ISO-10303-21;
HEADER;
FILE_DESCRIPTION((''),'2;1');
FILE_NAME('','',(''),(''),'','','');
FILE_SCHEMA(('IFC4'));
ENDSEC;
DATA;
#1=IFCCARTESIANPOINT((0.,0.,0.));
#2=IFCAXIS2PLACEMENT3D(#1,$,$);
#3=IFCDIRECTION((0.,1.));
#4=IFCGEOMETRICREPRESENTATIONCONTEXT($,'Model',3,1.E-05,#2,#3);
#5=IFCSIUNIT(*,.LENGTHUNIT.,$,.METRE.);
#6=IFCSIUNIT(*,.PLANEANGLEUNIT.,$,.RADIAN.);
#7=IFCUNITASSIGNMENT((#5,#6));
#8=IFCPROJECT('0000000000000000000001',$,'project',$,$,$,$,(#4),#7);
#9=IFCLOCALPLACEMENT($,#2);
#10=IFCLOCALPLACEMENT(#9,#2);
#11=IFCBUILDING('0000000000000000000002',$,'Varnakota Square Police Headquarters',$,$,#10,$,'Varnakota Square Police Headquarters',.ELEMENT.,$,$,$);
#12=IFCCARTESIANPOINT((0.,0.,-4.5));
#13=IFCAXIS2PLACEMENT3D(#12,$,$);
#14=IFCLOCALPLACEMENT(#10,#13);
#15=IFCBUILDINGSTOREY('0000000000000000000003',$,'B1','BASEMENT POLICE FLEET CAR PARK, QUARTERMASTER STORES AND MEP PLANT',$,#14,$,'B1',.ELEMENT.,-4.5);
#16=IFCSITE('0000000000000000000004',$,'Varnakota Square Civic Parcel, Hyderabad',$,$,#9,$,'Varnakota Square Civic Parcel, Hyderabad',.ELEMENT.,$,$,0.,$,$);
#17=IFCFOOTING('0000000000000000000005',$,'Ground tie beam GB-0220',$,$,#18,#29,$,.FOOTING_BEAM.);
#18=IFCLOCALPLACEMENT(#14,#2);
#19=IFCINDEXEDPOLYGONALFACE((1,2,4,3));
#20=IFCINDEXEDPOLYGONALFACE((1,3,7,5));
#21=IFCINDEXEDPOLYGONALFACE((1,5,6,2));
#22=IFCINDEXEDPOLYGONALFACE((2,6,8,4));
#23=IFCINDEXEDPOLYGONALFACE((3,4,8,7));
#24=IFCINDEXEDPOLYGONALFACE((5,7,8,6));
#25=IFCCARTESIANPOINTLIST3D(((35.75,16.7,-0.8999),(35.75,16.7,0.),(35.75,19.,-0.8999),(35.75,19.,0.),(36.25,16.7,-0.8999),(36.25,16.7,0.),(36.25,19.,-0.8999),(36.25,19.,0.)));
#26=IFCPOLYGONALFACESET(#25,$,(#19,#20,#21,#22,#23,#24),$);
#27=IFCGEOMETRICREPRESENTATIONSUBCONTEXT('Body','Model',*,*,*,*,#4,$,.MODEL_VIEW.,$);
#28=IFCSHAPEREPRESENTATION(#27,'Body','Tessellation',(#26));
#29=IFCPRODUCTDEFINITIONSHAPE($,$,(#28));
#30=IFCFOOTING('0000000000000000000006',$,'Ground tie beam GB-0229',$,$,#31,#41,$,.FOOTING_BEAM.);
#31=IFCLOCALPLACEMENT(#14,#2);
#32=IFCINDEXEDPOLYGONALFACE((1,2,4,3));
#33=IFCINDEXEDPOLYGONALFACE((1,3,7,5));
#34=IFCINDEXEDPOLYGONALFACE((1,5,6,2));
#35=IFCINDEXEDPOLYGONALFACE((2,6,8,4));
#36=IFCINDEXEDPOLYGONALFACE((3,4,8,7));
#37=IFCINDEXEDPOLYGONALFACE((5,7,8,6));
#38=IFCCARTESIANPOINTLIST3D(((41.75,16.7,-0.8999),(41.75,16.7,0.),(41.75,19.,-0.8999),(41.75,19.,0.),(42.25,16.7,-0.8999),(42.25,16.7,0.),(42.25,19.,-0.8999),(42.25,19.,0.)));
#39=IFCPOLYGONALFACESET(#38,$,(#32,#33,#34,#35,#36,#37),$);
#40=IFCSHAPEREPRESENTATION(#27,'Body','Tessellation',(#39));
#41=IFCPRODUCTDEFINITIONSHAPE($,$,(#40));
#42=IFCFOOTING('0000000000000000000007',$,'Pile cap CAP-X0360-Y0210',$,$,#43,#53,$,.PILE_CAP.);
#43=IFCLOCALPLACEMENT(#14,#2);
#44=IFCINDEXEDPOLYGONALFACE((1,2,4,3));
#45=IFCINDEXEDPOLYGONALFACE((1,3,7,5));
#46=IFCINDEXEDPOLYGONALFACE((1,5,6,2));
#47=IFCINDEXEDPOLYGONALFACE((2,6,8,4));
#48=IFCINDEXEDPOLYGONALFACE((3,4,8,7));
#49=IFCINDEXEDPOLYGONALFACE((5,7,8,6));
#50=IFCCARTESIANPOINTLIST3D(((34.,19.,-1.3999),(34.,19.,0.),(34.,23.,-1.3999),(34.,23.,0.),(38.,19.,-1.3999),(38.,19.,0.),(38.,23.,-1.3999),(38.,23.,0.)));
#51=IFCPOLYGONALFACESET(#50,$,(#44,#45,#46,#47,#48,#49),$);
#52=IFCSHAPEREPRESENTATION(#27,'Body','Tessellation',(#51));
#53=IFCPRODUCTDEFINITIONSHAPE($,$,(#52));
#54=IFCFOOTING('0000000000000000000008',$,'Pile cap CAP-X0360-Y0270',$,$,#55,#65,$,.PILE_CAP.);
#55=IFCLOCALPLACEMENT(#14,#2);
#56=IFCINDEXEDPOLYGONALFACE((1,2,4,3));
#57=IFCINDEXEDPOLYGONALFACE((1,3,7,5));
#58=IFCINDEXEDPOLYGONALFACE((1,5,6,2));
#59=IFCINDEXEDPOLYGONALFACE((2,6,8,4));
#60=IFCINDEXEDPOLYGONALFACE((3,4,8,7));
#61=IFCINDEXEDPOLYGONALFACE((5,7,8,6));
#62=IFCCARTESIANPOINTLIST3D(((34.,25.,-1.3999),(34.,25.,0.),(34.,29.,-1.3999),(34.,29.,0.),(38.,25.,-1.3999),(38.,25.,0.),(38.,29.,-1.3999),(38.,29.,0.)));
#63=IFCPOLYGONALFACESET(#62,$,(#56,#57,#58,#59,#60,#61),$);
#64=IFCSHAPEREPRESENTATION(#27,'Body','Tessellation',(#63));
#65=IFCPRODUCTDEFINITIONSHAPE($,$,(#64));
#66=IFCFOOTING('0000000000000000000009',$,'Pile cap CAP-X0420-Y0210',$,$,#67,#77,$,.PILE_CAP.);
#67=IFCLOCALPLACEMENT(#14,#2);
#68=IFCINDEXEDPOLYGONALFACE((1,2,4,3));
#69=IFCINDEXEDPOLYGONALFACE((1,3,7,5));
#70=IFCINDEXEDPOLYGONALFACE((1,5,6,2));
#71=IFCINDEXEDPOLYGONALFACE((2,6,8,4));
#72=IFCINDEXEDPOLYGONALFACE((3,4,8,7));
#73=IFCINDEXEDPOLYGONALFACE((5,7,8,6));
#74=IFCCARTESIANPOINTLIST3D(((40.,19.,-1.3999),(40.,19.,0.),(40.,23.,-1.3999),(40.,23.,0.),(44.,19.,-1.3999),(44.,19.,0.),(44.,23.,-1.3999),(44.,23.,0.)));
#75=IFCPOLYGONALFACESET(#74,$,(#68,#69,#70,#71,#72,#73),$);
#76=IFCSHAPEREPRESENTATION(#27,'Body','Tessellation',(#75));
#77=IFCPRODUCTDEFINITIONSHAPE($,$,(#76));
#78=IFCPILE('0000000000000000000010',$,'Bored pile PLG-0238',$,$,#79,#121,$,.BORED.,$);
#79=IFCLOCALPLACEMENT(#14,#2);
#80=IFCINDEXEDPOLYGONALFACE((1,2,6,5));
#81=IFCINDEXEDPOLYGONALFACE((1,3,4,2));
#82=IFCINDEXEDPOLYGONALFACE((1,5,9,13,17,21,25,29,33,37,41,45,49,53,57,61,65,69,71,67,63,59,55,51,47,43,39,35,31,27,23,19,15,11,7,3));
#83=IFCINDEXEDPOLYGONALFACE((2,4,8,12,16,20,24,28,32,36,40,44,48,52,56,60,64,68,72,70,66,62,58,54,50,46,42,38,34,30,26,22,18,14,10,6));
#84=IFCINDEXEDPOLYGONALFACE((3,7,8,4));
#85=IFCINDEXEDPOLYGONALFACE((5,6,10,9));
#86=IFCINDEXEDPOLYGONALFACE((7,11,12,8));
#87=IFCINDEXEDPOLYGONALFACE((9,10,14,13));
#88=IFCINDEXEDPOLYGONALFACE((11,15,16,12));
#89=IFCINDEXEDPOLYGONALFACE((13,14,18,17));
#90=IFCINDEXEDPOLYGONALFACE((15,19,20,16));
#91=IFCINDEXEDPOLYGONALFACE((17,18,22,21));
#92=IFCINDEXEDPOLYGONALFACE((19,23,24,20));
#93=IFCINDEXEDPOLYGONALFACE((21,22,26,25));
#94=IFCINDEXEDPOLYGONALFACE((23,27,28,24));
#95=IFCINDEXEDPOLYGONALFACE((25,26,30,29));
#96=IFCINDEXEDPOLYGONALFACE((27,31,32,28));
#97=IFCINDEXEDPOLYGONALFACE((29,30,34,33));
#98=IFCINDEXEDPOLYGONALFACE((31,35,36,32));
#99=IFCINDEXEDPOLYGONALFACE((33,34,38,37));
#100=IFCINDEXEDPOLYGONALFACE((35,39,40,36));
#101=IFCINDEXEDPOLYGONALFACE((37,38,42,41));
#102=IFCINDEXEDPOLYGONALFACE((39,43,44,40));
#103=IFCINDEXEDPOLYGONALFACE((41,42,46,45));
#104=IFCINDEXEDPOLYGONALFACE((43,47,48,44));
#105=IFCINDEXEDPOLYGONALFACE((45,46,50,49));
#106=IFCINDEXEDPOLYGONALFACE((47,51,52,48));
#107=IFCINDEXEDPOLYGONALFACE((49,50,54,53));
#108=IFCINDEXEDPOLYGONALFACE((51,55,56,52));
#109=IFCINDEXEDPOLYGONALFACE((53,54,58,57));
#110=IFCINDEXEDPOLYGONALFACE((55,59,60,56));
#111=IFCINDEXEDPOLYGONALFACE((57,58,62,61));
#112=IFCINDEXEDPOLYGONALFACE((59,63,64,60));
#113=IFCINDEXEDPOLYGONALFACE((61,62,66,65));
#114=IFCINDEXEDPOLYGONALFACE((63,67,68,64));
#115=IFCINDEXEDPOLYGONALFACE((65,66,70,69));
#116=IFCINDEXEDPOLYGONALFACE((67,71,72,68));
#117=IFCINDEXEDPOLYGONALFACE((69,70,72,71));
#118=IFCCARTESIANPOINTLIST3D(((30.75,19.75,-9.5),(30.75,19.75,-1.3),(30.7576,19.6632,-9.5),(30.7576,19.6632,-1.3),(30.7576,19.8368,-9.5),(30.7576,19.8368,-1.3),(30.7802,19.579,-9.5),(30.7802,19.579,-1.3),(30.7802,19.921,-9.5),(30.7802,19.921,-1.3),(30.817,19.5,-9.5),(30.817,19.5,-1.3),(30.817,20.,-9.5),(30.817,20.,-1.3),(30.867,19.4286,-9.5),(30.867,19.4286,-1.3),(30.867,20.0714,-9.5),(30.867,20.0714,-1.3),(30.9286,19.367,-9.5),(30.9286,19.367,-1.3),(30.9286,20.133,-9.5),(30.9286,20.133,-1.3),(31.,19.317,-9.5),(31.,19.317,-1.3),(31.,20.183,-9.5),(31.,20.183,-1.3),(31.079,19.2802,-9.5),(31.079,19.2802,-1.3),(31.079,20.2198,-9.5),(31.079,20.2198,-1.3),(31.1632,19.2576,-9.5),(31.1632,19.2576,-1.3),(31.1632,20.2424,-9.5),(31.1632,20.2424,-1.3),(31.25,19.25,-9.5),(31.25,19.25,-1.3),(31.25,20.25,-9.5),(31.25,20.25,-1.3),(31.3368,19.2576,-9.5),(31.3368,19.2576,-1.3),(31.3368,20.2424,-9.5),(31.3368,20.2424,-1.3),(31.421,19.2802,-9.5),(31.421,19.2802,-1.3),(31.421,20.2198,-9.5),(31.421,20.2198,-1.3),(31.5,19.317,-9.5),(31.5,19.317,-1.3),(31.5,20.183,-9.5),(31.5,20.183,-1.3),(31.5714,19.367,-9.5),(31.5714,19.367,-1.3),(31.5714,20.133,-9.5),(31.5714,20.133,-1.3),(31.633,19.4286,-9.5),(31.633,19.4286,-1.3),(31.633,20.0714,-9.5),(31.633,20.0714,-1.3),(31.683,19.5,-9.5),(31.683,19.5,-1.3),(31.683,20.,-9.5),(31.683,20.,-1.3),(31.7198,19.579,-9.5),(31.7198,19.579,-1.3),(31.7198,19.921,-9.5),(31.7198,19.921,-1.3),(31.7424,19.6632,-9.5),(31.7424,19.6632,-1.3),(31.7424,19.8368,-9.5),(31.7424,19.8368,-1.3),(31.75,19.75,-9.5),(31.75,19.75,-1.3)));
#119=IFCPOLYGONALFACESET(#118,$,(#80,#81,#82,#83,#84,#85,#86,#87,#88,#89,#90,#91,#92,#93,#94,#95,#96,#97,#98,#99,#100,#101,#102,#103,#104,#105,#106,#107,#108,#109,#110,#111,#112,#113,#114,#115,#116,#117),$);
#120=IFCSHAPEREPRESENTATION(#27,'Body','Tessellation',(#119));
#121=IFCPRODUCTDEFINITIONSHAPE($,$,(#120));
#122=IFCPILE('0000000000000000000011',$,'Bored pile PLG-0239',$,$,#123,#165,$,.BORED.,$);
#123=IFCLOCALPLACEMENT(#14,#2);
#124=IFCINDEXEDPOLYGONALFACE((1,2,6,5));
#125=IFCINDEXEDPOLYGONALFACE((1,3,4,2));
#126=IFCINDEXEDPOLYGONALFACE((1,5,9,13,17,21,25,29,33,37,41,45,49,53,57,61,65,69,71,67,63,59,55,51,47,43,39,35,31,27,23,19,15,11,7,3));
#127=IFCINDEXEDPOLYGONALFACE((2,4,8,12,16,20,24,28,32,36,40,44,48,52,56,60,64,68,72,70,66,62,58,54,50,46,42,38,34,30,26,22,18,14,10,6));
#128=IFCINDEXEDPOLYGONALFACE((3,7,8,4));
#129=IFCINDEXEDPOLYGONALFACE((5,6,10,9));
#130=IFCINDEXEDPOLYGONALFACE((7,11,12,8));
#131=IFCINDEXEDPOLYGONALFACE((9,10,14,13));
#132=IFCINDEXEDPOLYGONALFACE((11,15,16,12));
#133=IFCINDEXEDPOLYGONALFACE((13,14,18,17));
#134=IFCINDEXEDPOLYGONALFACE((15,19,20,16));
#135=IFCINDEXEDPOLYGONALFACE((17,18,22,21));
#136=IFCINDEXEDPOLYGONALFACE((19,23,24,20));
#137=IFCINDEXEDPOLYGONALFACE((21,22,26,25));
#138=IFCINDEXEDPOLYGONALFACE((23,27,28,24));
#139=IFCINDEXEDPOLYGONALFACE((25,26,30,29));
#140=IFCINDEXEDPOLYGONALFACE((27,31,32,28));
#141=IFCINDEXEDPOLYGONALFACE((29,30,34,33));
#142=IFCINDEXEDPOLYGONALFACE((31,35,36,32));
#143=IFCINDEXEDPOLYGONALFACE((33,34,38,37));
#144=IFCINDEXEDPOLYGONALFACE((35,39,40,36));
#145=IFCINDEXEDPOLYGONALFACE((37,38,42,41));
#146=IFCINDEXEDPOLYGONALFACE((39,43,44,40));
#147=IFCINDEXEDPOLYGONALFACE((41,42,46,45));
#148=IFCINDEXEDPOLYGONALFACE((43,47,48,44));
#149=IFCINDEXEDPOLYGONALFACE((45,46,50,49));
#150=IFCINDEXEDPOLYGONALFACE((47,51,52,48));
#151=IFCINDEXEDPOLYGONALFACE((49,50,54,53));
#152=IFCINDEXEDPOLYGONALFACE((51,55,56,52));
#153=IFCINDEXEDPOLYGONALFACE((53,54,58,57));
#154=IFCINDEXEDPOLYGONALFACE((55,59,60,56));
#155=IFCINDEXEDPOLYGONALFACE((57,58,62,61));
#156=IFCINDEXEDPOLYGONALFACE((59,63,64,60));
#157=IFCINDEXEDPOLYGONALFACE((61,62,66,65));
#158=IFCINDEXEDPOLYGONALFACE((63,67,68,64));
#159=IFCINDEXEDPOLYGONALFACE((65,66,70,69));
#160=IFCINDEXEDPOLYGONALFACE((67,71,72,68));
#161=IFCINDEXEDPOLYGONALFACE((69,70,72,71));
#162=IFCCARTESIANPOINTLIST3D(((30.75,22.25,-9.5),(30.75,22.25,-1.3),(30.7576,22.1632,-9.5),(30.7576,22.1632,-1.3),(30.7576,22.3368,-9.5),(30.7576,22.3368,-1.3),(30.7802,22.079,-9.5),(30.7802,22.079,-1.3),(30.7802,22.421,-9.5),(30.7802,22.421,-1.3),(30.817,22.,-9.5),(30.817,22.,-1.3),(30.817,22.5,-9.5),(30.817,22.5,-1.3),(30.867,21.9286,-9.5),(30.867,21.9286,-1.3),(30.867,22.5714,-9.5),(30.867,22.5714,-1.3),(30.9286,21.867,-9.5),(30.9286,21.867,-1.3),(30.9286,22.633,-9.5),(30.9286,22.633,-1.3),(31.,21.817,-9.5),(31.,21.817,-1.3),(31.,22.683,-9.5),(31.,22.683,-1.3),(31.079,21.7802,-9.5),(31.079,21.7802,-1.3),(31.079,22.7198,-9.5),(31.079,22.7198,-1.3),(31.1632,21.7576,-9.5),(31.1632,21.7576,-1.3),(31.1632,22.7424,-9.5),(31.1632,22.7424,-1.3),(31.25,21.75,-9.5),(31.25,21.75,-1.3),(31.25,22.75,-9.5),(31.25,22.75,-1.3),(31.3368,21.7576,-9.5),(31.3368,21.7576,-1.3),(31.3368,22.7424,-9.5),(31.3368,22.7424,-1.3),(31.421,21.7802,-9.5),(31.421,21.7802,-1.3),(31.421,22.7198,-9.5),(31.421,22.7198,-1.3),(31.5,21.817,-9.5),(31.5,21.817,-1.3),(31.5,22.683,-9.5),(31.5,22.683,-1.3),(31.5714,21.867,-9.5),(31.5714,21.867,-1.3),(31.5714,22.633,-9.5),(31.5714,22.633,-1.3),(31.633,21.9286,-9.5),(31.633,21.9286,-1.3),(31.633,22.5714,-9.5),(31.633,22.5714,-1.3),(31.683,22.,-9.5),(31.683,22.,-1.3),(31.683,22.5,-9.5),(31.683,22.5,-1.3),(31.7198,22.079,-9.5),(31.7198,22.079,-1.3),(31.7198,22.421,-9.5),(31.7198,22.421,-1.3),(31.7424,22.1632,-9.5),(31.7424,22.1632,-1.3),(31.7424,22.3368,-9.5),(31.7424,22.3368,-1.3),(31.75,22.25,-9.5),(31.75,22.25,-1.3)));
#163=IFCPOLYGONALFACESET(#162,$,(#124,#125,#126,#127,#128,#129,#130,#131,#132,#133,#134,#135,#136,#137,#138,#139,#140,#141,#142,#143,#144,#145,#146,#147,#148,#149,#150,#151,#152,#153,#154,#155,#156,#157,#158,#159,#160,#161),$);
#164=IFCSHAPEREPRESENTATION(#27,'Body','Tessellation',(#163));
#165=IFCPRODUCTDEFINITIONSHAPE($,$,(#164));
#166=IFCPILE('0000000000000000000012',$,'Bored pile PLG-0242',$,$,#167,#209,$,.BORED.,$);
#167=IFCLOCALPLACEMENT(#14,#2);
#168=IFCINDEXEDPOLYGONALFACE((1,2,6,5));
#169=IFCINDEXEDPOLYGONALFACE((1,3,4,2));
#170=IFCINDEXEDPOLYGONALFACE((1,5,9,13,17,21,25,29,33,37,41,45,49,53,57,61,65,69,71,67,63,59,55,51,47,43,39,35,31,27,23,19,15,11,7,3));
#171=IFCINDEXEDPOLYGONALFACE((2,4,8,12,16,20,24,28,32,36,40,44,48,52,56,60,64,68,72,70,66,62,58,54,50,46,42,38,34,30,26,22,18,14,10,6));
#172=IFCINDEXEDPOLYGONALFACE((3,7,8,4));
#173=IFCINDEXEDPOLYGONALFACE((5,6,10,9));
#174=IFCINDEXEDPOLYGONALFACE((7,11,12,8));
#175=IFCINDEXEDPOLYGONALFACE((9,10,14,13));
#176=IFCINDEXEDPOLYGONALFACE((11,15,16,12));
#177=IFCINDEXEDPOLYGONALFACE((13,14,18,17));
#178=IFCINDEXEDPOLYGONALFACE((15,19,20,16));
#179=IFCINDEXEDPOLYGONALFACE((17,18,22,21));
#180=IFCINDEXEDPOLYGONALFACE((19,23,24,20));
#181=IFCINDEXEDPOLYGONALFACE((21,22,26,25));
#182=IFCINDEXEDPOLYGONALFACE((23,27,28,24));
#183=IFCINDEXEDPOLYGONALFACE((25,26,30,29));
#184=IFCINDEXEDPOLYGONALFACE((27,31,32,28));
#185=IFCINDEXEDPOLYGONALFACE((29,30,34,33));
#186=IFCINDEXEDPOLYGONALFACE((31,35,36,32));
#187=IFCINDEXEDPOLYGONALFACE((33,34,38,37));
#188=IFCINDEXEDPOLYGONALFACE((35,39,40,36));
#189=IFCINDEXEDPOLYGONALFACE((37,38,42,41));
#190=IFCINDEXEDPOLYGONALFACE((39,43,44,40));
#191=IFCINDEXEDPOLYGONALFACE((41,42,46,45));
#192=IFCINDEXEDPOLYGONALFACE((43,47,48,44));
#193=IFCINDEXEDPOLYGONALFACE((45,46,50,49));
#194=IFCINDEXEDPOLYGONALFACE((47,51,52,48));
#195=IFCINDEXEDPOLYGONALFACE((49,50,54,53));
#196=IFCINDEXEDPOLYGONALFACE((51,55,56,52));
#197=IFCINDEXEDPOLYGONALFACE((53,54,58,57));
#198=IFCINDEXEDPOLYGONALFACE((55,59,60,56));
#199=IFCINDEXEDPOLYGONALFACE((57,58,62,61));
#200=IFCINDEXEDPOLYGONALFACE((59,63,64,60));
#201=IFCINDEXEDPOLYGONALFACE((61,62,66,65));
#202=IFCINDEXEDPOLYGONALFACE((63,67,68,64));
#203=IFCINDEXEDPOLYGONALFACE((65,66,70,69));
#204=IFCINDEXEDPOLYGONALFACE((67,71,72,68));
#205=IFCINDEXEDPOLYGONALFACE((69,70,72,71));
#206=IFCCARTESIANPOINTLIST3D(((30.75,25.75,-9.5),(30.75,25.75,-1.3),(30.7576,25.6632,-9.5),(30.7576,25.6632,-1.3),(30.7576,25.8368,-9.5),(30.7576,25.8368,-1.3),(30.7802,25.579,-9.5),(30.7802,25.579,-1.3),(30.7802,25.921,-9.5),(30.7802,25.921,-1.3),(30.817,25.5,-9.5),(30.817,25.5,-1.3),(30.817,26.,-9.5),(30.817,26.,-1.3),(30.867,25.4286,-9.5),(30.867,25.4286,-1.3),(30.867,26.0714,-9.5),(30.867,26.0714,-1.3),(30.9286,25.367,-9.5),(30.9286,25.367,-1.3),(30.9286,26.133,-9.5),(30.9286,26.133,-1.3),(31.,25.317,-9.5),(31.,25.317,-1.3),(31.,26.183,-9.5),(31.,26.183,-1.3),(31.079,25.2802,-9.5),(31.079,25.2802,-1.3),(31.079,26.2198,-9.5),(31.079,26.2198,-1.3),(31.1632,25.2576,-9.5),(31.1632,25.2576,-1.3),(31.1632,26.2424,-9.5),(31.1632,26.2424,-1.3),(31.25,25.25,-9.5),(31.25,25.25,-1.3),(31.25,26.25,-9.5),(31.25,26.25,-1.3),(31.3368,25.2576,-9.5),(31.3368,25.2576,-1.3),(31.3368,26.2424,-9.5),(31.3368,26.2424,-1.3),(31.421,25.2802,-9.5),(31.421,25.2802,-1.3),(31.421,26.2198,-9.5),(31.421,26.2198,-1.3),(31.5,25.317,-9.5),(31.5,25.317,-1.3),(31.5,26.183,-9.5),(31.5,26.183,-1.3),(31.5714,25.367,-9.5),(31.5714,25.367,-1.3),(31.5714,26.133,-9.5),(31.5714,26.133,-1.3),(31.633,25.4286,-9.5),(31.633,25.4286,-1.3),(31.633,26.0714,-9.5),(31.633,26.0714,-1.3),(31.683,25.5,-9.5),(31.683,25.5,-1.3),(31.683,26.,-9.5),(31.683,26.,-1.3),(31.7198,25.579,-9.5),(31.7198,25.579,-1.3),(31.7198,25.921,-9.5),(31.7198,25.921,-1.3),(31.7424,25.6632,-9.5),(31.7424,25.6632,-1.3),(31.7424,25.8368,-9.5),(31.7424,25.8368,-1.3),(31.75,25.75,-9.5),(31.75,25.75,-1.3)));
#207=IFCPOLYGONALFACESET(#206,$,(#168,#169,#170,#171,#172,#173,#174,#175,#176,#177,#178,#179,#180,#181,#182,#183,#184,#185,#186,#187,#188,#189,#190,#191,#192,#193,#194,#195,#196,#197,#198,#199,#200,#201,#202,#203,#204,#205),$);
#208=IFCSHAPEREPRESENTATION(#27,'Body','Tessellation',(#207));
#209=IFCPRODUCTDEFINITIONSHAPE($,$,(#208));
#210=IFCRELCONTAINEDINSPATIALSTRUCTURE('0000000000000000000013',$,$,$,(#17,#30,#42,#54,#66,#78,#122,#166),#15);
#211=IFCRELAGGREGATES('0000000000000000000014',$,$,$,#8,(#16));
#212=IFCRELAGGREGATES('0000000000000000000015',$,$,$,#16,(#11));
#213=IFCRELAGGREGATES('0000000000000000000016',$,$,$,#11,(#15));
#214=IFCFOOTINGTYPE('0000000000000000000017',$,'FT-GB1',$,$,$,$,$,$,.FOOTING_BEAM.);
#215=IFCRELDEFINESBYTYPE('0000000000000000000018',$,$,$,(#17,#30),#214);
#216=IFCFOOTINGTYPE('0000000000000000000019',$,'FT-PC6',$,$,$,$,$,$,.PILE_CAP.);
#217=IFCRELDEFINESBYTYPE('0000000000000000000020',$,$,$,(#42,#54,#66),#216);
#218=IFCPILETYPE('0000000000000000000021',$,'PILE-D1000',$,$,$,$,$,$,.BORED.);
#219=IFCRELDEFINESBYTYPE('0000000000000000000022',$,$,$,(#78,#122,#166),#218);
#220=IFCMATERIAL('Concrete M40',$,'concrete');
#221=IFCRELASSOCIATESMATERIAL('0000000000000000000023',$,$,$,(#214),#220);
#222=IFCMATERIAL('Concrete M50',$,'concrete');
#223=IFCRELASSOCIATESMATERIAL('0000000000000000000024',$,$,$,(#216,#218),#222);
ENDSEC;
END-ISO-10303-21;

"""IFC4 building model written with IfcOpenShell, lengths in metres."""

from ifc_helpers import new_model, si_unit, direction, frame, origin, origin_2d, place, context, subcontext, project, spatial, rectangle, circle, extrude, material, material_profile, profile_set, type_object, element, save


model = new_model("IFC4")

# Units and contexts
model_context = context("Model", 3, precision=1e-05, world=origin(), true_north=direction((0.0, 1.0)))
body_context = subcontext(model_context, "Body", "Model", "MODEL_VIEW")
ifc_project = project(units=[si_unit("LENGTHUNIT", "METRE"), si_unit("PLANEANGLEUNIT", "RADIAN")], contexts=[model_context])

# Site, building, storey
site_placement = place(None, origin())
site = spatial("IfcSite", under=ifc_project, at=site_placement, Name="Varnakota Square Civic Parcel, Hyderabad", LongName="Varnakota Square Civic Parcel, Hyderabad", CompositionType="ELEMENT", RefElevation=0.0)
building_placement = place(site_placement, origin())
building = spatial("IfcBuilding", under=site, at=building_placement, Name="Varnakota Square Police Headquarters", LongName="Varnakota Square Police Headquarters", CompositionType="ELEMENT")
storey_placement = place(building_placement, frame((0.0, 0.0, -4.5)))
storey = spatial("IfcBuildingStorey", under=building, at=storey_placement, Name="B1", Description="BASEMENT POLICE FLEET CAR PARK, QUARTERMASTER STORES AND MEP PLANT", LongName="B1", CompositionType="ELEMENT", Elevation=-4.5)

# Footings
ifc_material_1 = material(Name="Concrete M40", Category="concrete")
ifc_material_profile_1 = material_profile(ifc_material_1, rectangle(XDim=0.5, YDim=0.8999, at=origin_2d()), Name="GB 500x900")
ifc_profile_set_1 = profile_set([ifc_material_profile_1], Name="Concrete M40")
footing_type_1 = type_object("IfcFootingType", Name="FT-GB1", PredefinedType="FOOTING_BEAM", material=ifc_profile_set_1)
for number, where, z_axis, x_axis, name in (
    (1, (36.0, 16.7, -0.45), (0.0, 1.0, 0.0), (-1.0, 0.0, 0.0), "Ground tie beam GB-0220"),
    (2, (42.0, 16.7, -0.45), (0.0, 1.0, 0.0), (-1.0, 0.0, 0.0), "Ground tie beam GB-0229"),
):
    element("IfcFooting", number, at=place(storey_placement, frame(where, z_axis=z_axis, x_axis=x_axis)), inside=storey, type_object=footing_type_1, Name=name, PredefinedType="FOOTING_BEAM", context=body_context, shape_type="SweptSolid", body=[
        extrude(rectangle(XDim=0.5, YDim=0.8999, at=origin_2d()), origin(), (0.0, 0.0, 1.0), 2.3),
    ])
ifc_material_2 = material(Name="Concrete M50", Category="concrete")
footing_type_2 = type_object("IfcFootingType", Name="FT-PC6", PredefinedType="PILE_CAP", material=ifc_material_2)
for number, where, z_axis, x_axis, name in (
    (3, (36.0, 21.0, -1.3999), (0.0, 0.0, 1.0), (1.0, 0.0, 0.0), "Pile cap CAP-X0360-Y0210"),
    (4, (36.0, 27.0, -1.3999), (0.0, 0.0, 1.0), (1.0, 0.0, 0.0), "Pile cap CAP-X0360-Y0270"),
    (5, (42.0, 21.0, -1.3999), (0.0, 0.0, 1.0), (1.0, 0.0, 0.0), "Pile cap CAP-X0420-Y0210"),
):
    element("IfcFooting", number, at=place(storey_placement, frame(where, z_axis=z_axis, x_axis=x_axis)), inside=storey, type_object=footing_type_2, Name=name, PredefinedType="PILE_CAP", context=body_context, shape_type="SweptSolid", body=[
        extrude(rectangle(XDim=4.0, YDim=4.0, at=origin_2d()), origin(), (0.0, 0.0, 1.0), 1.3999),
    ])

# Piles
ifc_material_profile_2 = material_profile(ifc_material_2, circle(Radius=0.5, at=origin_2d()), Name="BORED PILE 1000")
ifc_profile_set_2 = profile_set([ifc_material_profile_2], Name="Concrete M50")
pile_type = type_object("IfcPileType", Name="PILE-D1000", PredefinedType="BORED", material=ifc_profile_set_2)
for number, where, z_axis, x_axis, name in (
    (6, (31.25, 19.75, -1.3), (0.0, 0.0, -1.0), (1.0, 0.0, 0.0), "Bored pile PLG-0238"),
    (7, (31.25, 22.25, -1.3), (0.0, 0.0, -1.0), (1.0, 0.0, 0.0), "Bored pile PLG-0239"),
    (8, (31.25, 25.75, -1.3), (0.0, 0.0, -1.0), (1.0, 0.0, 0.0), "Bored pile PLG-0242"),
):
    element("IfcPile", number, at=place(storey_placement, frame(where, z_axis=z_axis, x_axis=x_axis)), inside=storey, type_object=pile_type, Name=name, PredefinedType="BORED", context=body_context, shape_type="SweptSolid", body=[
        extrude(circle(Radius=0.5, at=origin_2d()), origin(), (0.0, 0.0, 1.0), 8.2),
    ])

save(model, "model.ifc")
